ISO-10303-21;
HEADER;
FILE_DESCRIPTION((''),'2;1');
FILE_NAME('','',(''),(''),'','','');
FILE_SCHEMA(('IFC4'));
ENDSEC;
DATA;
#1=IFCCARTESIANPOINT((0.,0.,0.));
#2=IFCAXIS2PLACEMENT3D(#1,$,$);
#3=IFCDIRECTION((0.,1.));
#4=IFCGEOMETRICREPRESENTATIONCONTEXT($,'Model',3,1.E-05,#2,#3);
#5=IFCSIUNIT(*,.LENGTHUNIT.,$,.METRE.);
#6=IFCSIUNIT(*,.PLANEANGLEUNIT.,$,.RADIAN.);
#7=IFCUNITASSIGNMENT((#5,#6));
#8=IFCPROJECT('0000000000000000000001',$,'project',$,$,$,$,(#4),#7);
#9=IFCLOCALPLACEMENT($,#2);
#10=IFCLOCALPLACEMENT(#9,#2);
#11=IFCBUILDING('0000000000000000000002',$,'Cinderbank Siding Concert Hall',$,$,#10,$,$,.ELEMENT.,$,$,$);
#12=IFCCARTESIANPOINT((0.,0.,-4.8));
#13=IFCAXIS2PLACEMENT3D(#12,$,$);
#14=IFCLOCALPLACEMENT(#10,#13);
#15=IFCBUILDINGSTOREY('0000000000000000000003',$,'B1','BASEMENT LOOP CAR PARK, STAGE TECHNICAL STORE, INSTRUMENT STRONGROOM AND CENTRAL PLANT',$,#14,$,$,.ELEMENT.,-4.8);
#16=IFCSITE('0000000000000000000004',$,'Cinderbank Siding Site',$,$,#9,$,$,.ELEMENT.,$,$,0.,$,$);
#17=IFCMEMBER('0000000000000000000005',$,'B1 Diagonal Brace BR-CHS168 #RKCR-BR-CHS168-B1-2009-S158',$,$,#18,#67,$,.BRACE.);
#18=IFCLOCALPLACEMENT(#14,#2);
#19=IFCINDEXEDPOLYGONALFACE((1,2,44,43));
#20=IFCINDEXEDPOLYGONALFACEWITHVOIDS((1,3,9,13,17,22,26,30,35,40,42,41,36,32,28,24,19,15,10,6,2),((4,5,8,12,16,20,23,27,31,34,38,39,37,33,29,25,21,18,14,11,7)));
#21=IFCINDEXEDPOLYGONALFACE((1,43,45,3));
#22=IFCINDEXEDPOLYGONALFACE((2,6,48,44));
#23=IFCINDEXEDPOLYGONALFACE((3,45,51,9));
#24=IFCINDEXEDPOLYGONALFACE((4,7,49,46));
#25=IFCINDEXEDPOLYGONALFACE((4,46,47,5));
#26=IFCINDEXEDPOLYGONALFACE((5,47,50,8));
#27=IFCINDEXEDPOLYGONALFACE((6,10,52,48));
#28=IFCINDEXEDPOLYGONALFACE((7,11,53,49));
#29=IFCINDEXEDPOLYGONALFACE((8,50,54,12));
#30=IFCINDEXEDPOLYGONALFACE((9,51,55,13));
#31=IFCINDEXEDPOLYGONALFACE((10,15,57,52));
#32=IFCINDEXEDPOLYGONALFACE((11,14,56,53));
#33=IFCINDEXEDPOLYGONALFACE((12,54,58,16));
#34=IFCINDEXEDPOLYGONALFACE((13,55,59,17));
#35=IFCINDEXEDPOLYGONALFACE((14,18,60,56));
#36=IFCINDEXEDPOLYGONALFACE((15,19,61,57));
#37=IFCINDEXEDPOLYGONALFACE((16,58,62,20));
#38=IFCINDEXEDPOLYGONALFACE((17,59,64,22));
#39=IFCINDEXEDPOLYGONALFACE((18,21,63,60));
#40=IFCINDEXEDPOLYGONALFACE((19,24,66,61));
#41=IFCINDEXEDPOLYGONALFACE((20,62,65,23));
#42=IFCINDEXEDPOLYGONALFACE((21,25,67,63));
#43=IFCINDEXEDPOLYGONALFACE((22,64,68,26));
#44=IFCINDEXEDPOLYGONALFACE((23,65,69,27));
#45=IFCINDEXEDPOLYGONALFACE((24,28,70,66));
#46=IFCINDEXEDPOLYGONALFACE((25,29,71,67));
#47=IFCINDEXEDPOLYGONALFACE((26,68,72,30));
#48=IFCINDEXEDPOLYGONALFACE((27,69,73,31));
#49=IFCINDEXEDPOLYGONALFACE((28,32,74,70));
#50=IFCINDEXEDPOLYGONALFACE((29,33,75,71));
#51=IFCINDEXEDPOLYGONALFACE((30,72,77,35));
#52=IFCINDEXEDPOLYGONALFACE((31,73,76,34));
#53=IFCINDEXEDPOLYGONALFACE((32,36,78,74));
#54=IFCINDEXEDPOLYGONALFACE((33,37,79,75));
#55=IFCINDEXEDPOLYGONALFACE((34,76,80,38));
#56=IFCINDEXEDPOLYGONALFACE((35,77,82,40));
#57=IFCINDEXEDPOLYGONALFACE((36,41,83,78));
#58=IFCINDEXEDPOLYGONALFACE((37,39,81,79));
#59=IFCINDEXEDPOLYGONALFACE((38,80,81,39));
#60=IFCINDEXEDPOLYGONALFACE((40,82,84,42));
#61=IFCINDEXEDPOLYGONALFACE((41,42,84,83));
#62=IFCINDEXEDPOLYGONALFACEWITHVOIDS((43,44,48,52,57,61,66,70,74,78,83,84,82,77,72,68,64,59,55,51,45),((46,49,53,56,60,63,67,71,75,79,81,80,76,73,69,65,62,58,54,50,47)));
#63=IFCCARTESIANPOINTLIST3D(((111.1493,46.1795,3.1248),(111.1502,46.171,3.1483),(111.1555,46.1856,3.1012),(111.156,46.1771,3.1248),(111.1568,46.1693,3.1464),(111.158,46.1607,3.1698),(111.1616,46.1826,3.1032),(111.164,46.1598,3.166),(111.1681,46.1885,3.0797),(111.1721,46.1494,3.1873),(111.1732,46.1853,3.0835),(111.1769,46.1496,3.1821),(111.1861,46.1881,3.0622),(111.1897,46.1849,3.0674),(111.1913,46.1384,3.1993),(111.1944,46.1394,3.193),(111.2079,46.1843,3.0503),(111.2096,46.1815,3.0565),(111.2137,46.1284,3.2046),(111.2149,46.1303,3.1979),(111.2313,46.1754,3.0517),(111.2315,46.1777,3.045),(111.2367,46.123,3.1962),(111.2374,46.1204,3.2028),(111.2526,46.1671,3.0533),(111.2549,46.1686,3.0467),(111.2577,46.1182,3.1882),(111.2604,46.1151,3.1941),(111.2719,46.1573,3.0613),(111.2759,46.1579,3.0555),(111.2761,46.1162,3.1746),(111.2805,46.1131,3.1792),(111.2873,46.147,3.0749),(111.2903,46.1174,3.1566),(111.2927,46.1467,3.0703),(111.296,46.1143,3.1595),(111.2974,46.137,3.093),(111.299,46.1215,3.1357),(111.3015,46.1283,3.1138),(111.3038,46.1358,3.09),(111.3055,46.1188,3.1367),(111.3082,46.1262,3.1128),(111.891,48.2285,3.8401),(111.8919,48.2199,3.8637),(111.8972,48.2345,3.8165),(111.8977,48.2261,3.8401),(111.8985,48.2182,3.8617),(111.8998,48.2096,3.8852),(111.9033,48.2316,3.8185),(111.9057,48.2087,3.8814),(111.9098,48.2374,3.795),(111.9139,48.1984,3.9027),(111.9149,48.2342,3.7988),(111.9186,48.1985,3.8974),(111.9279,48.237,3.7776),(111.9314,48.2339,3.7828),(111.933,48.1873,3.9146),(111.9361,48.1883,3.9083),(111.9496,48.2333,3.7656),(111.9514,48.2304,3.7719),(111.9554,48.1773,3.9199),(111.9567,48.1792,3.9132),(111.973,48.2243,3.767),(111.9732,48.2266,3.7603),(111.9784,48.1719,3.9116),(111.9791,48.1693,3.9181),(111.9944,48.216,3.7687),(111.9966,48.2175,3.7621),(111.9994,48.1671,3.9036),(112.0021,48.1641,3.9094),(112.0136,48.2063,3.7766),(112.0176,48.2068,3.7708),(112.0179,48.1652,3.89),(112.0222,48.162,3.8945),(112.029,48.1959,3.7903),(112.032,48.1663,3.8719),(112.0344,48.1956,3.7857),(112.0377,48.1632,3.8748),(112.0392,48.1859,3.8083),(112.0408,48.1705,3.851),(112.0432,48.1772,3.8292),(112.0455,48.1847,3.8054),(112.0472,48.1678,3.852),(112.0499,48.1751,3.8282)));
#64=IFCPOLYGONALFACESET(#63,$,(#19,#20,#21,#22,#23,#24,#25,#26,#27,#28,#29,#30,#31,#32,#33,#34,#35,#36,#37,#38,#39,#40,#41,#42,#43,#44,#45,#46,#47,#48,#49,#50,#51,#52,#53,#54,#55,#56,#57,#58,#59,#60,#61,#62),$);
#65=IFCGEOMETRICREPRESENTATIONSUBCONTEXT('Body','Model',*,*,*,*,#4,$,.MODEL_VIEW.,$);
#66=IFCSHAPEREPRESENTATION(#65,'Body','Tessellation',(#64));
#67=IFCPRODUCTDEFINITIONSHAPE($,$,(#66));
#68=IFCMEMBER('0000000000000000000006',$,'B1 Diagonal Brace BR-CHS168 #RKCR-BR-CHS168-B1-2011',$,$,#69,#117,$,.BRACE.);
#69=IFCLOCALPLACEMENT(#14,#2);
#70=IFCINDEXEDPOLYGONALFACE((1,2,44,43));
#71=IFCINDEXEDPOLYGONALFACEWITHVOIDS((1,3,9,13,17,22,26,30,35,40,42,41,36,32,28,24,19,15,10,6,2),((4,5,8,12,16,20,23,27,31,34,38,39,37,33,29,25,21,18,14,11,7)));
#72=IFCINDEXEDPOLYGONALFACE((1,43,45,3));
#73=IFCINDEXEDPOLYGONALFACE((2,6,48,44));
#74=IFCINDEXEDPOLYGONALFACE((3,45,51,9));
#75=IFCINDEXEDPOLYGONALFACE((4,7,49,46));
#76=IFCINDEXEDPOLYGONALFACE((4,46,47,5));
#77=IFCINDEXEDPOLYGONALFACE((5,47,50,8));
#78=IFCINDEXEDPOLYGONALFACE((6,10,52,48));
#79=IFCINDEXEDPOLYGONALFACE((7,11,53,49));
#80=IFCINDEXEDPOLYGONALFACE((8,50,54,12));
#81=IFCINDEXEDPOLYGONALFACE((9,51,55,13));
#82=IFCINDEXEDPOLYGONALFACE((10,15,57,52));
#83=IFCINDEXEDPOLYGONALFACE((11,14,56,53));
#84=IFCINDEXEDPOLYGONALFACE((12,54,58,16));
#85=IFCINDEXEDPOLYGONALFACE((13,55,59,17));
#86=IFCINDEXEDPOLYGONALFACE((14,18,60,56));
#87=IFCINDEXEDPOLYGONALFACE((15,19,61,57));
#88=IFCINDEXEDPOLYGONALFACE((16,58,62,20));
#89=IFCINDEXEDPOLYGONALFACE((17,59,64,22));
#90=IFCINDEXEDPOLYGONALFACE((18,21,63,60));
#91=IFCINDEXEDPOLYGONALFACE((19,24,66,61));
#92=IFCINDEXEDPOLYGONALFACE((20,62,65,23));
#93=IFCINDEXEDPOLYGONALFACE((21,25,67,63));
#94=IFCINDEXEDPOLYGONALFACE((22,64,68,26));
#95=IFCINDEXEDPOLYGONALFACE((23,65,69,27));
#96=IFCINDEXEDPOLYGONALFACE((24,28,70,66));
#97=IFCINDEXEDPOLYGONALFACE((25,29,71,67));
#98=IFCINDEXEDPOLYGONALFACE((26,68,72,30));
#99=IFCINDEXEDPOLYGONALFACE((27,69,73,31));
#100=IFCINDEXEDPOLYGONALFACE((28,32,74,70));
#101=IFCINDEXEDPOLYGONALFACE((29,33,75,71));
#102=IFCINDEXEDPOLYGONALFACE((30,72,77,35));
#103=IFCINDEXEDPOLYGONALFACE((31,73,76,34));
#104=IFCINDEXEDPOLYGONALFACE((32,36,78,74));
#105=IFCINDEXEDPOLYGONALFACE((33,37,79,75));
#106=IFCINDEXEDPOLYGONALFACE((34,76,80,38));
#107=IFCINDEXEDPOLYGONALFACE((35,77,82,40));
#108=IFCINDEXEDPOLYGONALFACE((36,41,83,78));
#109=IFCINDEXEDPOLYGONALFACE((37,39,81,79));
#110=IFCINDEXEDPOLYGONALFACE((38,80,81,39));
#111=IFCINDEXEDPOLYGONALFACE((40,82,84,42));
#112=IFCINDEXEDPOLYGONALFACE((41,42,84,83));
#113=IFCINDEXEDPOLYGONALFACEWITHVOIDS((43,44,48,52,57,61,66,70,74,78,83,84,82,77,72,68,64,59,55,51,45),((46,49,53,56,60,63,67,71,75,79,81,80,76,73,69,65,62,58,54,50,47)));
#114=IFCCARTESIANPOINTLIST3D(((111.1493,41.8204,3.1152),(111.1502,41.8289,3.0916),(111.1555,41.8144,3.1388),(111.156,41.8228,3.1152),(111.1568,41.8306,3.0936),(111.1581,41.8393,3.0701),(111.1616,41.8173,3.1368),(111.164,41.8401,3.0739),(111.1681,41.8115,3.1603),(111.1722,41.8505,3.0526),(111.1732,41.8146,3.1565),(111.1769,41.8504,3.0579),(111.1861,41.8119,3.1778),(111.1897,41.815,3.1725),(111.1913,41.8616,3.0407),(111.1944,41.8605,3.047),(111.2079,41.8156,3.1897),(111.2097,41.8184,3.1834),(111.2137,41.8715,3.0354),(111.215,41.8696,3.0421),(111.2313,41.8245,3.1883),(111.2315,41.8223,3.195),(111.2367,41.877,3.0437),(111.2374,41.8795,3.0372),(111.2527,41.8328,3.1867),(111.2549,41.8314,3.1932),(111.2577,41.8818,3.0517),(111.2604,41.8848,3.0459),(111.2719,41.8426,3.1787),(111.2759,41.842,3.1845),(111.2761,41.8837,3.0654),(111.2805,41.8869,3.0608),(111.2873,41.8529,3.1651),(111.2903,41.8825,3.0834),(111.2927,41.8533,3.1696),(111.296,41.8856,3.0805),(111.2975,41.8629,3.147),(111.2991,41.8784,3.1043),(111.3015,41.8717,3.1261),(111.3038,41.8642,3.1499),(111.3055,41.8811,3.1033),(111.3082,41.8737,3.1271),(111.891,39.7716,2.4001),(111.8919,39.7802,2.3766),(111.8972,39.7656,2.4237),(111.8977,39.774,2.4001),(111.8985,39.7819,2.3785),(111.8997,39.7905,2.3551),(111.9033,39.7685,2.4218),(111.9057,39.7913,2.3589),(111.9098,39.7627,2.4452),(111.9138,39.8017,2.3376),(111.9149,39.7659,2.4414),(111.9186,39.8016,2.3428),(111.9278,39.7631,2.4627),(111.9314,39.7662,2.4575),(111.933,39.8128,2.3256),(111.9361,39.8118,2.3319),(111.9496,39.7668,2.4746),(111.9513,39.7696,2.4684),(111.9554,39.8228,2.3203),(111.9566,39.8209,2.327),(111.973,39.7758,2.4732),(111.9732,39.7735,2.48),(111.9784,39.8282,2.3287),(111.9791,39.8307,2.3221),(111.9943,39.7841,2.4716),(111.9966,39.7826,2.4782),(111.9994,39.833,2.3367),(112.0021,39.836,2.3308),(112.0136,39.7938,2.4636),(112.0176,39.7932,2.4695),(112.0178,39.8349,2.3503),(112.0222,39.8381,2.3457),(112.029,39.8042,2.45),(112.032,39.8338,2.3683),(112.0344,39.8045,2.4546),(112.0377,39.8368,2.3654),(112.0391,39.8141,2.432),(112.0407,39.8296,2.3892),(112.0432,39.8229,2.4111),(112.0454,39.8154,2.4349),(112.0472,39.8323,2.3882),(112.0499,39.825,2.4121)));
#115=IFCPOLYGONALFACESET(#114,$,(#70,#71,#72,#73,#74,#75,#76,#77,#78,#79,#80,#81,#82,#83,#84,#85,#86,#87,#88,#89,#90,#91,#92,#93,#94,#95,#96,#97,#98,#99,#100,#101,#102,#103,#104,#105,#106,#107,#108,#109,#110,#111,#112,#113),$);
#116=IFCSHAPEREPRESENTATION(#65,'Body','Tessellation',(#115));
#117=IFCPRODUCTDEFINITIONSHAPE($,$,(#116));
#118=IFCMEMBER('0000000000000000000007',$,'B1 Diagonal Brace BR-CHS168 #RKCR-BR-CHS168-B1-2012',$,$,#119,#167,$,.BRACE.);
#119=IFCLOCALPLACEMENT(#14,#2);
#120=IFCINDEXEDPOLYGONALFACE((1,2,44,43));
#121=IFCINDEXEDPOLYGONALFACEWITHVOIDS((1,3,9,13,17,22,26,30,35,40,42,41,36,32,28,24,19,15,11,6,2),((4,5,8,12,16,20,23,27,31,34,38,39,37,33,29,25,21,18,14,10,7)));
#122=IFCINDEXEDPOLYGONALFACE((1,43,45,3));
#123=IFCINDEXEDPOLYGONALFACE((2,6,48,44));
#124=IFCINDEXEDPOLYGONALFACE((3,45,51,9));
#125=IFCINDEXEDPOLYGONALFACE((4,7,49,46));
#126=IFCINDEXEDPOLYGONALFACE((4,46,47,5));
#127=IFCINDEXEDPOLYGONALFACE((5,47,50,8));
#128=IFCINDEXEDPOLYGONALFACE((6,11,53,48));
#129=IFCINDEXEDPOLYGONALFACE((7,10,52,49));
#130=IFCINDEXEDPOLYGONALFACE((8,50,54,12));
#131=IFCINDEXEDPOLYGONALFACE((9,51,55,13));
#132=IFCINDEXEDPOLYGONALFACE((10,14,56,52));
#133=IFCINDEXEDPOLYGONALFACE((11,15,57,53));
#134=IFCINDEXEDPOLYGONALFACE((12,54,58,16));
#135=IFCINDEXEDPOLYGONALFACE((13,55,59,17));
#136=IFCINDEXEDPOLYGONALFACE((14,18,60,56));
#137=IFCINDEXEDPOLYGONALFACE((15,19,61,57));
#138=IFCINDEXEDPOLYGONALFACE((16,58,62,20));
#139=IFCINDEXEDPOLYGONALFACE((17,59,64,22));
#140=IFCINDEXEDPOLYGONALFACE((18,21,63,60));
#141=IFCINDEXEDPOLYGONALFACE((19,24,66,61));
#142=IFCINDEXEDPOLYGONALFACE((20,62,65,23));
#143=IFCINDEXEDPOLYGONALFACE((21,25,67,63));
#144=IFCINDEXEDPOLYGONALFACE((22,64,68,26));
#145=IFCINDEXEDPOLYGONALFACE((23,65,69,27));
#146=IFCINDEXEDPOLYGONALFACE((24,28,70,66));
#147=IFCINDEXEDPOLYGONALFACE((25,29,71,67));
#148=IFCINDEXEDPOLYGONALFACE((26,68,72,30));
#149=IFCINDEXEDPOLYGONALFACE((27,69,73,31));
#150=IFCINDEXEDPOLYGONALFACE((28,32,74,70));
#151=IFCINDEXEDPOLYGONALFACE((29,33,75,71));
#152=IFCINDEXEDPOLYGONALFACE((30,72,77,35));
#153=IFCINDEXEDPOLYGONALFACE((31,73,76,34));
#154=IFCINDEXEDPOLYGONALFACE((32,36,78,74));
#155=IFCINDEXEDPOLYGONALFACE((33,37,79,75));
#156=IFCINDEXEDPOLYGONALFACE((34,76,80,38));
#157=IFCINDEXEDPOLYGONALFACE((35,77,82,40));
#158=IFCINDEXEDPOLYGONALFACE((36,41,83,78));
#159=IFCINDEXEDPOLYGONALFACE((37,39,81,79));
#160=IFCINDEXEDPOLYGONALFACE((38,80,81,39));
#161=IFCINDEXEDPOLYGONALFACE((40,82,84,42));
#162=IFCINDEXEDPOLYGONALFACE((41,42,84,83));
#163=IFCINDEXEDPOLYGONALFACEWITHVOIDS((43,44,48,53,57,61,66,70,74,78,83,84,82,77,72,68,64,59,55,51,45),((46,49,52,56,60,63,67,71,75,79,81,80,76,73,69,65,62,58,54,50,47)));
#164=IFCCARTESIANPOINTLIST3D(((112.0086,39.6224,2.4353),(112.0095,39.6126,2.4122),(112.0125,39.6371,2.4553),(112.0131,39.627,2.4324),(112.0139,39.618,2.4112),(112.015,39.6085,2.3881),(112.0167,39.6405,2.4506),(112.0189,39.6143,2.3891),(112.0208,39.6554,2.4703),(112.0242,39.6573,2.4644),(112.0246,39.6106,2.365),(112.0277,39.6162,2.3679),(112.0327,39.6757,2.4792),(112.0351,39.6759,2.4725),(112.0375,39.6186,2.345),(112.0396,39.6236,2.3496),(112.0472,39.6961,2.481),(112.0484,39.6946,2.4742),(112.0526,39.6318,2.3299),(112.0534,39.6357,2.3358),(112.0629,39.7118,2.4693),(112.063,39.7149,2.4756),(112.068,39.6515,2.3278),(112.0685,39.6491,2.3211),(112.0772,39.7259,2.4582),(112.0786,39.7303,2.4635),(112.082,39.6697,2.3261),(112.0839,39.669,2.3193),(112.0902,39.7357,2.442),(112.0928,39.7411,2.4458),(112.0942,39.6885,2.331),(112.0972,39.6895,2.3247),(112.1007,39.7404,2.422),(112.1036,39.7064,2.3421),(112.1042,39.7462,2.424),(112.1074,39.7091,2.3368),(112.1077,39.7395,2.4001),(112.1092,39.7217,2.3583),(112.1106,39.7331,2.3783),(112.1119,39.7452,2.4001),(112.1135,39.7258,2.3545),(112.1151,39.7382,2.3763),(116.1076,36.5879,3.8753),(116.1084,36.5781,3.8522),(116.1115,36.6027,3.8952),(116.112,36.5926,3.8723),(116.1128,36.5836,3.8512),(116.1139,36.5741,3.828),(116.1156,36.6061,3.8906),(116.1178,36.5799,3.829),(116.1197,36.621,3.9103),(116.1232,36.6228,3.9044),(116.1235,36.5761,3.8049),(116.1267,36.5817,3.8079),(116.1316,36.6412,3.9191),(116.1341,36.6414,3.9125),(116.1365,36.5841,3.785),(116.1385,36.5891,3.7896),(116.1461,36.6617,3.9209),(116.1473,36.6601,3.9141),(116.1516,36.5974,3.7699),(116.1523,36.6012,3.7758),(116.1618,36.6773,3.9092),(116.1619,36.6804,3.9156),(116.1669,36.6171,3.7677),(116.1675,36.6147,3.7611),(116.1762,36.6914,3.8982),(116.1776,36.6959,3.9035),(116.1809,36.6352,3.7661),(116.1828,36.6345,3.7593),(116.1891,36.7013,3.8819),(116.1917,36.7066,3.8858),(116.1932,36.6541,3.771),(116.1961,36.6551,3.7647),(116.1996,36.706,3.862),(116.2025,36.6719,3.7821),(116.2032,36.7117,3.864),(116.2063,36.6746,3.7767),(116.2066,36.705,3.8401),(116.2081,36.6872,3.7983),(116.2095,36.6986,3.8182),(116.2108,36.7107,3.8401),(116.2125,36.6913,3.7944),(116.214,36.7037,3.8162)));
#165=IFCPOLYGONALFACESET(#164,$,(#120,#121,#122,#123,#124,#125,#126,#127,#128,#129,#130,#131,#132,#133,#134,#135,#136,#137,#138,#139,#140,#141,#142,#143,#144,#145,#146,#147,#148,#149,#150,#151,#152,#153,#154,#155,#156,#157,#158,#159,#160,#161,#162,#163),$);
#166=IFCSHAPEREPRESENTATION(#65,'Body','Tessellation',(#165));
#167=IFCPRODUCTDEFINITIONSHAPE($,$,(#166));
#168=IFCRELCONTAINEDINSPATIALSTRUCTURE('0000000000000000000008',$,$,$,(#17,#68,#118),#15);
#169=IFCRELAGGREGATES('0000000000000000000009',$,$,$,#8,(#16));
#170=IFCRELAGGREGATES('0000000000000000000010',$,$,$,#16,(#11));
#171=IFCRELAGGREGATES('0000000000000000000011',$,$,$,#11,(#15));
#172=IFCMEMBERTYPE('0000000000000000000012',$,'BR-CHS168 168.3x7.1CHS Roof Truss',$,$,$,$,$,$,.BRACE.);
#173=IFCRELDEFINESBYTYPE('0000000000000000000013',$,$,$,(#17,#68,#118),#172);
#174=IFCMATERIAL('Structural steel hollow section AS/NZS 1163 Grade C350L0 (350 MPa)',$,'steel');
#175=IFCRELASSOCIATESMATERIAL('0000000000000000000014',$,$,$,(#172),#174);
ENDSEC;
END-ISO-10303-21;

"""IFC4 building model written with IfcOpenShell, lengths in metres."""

from ifc_helpers import new_model, si_unit, direction, frame, origin, origin_2d, place, context, subcontext, project, spatial, hollow_circle, extrude, material, material_profile, profile_set, type_object, element, save


model = new_model("IFC4")

# Units and contexts
model_context = context("Model", 3, precision=1e-05, world=origin(), true_north=direction((0.0, 1.0)))
body_context = subcontext(model_context, "Body", "Model", "MODEL_VIEW")
ifc_project = project(units=[si_unit("LENGTHUNIT", "METRE"), si_unit("PLANEANGLEUNIT", "RADIAN")], contexts=[model_context])

# Site, building, storey
site_placement = place(None, origin())
site = spatial("IfcSite", under=ifc_project, at=site_placement, Name="Cinderbank Siding Site", CompositionType="ELEMENT", RefElevation=0.0)
building_placement = place(site_placement, origin())
building = spatial("IfcBuilding", under=site, at=building_placement, Name="Cinderbank Siding Concert Hall", CompositionType="ELEMENT")
storey_placement = place(building_placement, frame((0.0, 0.0, -4.8)))
storey = spatial("IfcBuildingStorey", under=building, at=storey_placement, Name="B1", Description="BASEMENT LOOP CAR PARK, STAGE TECHNICAL STORE, INSTRUMENT STRONGROOM AND CENTRAL PLANT", CompositionType="ELEMENT", Elevation=-4.8)

# Members
ifc_material_1 = material(Name="Structural steel hollow section AS/NZS 1163 Grade C350L0 (350 MPa)", Category="steel")
ifc_material_profile_1 = material_profile(ifc_material_1, hollow_circle(Radius=0.0842, WallThickness=0.0071, at=origin_2d()), Name="168.3x7.1CHS", Category="LoadBearing")
ifc_profile_set_1 = profile_set([ifc_material_profile_1], Name="Structural steel hollow section AS/NZS 1163 Grade C350L0 (350 MPa)")
member_type = type_object("IfcMemberType", Name="BR-CHS168 168.3x7.1CHS Roof Truss", PredefinedType="BRACE", material=ifc_profile_set_1)
member_1_placement = place(storey_placement, frame((111.2285, 46.1509, 3.1248), z_axis=(0.323411, 0.893373, 0.311914), x_axis=(-0.940283, 0.340393, 0.0)))
element("IfcMember", 1, at=member_1_placement, inside=storey, type_object=member_type, Name="B1 Diagonal Brace BR-CHS168 #RKCR-BR-CHS168-B1-2009-S158", PredefinedType="BRACE", context=body_context, shape_type="SweptSolid", body=[
    extrude(hollow_circle(Radius=0.0842, WallThickness=0.0071, at=origin_2d()), origin(), (0.0, 0.0, 1.0), 2.2935),
])
member_2_placement = place(storey_placement, frame((111.9702, 39.8003, 2.4001), z_axis=(-0.323422, 0.893402, 0.311818), x_axis=(-0.940283, -0.340393, 0.0)))
element("IfcMember", 2, at=member_2_placement, inside=storey, type_object=member_type, Name="B1 Diagonal Brace BR-CHS168 #RKCR-BR-CHS168-B1-2011", PredefinedType="BRACE", context=body_context, shape_type="SweptSolid", body=[
    extrude(hollow_circle(Radius=0.0842, WallThickness=0.0071, at=origin_2d()), origin(), (0.0, 0.0, 1.0), 2.2932),
])
member_3_placement = place(storey_placement, frame((112.0618, 39.6775, 2.4001), z_axis=(0.773484, -0.572615, 0.271726), x_axis=(0.595002, 0.803724, 0.0)))
element("IfcMember", 3, at=member_3_placement, inside=storey, type_object=member_type, Name="B1 Diagonal Brace BR-CHS168 #RKCR-BR-CHS168-B1-2012", PredefinedType="BRACE", context=body_context, shape_type="SweptSolid", body=[
    extrude(hollow_circle(Radius=0.0842, WallThickness=0.0071, at=origin_2d()), origin(), (0.0, 0.0, 1.0), 5.2993),
])

save(model, "model.ifc")
